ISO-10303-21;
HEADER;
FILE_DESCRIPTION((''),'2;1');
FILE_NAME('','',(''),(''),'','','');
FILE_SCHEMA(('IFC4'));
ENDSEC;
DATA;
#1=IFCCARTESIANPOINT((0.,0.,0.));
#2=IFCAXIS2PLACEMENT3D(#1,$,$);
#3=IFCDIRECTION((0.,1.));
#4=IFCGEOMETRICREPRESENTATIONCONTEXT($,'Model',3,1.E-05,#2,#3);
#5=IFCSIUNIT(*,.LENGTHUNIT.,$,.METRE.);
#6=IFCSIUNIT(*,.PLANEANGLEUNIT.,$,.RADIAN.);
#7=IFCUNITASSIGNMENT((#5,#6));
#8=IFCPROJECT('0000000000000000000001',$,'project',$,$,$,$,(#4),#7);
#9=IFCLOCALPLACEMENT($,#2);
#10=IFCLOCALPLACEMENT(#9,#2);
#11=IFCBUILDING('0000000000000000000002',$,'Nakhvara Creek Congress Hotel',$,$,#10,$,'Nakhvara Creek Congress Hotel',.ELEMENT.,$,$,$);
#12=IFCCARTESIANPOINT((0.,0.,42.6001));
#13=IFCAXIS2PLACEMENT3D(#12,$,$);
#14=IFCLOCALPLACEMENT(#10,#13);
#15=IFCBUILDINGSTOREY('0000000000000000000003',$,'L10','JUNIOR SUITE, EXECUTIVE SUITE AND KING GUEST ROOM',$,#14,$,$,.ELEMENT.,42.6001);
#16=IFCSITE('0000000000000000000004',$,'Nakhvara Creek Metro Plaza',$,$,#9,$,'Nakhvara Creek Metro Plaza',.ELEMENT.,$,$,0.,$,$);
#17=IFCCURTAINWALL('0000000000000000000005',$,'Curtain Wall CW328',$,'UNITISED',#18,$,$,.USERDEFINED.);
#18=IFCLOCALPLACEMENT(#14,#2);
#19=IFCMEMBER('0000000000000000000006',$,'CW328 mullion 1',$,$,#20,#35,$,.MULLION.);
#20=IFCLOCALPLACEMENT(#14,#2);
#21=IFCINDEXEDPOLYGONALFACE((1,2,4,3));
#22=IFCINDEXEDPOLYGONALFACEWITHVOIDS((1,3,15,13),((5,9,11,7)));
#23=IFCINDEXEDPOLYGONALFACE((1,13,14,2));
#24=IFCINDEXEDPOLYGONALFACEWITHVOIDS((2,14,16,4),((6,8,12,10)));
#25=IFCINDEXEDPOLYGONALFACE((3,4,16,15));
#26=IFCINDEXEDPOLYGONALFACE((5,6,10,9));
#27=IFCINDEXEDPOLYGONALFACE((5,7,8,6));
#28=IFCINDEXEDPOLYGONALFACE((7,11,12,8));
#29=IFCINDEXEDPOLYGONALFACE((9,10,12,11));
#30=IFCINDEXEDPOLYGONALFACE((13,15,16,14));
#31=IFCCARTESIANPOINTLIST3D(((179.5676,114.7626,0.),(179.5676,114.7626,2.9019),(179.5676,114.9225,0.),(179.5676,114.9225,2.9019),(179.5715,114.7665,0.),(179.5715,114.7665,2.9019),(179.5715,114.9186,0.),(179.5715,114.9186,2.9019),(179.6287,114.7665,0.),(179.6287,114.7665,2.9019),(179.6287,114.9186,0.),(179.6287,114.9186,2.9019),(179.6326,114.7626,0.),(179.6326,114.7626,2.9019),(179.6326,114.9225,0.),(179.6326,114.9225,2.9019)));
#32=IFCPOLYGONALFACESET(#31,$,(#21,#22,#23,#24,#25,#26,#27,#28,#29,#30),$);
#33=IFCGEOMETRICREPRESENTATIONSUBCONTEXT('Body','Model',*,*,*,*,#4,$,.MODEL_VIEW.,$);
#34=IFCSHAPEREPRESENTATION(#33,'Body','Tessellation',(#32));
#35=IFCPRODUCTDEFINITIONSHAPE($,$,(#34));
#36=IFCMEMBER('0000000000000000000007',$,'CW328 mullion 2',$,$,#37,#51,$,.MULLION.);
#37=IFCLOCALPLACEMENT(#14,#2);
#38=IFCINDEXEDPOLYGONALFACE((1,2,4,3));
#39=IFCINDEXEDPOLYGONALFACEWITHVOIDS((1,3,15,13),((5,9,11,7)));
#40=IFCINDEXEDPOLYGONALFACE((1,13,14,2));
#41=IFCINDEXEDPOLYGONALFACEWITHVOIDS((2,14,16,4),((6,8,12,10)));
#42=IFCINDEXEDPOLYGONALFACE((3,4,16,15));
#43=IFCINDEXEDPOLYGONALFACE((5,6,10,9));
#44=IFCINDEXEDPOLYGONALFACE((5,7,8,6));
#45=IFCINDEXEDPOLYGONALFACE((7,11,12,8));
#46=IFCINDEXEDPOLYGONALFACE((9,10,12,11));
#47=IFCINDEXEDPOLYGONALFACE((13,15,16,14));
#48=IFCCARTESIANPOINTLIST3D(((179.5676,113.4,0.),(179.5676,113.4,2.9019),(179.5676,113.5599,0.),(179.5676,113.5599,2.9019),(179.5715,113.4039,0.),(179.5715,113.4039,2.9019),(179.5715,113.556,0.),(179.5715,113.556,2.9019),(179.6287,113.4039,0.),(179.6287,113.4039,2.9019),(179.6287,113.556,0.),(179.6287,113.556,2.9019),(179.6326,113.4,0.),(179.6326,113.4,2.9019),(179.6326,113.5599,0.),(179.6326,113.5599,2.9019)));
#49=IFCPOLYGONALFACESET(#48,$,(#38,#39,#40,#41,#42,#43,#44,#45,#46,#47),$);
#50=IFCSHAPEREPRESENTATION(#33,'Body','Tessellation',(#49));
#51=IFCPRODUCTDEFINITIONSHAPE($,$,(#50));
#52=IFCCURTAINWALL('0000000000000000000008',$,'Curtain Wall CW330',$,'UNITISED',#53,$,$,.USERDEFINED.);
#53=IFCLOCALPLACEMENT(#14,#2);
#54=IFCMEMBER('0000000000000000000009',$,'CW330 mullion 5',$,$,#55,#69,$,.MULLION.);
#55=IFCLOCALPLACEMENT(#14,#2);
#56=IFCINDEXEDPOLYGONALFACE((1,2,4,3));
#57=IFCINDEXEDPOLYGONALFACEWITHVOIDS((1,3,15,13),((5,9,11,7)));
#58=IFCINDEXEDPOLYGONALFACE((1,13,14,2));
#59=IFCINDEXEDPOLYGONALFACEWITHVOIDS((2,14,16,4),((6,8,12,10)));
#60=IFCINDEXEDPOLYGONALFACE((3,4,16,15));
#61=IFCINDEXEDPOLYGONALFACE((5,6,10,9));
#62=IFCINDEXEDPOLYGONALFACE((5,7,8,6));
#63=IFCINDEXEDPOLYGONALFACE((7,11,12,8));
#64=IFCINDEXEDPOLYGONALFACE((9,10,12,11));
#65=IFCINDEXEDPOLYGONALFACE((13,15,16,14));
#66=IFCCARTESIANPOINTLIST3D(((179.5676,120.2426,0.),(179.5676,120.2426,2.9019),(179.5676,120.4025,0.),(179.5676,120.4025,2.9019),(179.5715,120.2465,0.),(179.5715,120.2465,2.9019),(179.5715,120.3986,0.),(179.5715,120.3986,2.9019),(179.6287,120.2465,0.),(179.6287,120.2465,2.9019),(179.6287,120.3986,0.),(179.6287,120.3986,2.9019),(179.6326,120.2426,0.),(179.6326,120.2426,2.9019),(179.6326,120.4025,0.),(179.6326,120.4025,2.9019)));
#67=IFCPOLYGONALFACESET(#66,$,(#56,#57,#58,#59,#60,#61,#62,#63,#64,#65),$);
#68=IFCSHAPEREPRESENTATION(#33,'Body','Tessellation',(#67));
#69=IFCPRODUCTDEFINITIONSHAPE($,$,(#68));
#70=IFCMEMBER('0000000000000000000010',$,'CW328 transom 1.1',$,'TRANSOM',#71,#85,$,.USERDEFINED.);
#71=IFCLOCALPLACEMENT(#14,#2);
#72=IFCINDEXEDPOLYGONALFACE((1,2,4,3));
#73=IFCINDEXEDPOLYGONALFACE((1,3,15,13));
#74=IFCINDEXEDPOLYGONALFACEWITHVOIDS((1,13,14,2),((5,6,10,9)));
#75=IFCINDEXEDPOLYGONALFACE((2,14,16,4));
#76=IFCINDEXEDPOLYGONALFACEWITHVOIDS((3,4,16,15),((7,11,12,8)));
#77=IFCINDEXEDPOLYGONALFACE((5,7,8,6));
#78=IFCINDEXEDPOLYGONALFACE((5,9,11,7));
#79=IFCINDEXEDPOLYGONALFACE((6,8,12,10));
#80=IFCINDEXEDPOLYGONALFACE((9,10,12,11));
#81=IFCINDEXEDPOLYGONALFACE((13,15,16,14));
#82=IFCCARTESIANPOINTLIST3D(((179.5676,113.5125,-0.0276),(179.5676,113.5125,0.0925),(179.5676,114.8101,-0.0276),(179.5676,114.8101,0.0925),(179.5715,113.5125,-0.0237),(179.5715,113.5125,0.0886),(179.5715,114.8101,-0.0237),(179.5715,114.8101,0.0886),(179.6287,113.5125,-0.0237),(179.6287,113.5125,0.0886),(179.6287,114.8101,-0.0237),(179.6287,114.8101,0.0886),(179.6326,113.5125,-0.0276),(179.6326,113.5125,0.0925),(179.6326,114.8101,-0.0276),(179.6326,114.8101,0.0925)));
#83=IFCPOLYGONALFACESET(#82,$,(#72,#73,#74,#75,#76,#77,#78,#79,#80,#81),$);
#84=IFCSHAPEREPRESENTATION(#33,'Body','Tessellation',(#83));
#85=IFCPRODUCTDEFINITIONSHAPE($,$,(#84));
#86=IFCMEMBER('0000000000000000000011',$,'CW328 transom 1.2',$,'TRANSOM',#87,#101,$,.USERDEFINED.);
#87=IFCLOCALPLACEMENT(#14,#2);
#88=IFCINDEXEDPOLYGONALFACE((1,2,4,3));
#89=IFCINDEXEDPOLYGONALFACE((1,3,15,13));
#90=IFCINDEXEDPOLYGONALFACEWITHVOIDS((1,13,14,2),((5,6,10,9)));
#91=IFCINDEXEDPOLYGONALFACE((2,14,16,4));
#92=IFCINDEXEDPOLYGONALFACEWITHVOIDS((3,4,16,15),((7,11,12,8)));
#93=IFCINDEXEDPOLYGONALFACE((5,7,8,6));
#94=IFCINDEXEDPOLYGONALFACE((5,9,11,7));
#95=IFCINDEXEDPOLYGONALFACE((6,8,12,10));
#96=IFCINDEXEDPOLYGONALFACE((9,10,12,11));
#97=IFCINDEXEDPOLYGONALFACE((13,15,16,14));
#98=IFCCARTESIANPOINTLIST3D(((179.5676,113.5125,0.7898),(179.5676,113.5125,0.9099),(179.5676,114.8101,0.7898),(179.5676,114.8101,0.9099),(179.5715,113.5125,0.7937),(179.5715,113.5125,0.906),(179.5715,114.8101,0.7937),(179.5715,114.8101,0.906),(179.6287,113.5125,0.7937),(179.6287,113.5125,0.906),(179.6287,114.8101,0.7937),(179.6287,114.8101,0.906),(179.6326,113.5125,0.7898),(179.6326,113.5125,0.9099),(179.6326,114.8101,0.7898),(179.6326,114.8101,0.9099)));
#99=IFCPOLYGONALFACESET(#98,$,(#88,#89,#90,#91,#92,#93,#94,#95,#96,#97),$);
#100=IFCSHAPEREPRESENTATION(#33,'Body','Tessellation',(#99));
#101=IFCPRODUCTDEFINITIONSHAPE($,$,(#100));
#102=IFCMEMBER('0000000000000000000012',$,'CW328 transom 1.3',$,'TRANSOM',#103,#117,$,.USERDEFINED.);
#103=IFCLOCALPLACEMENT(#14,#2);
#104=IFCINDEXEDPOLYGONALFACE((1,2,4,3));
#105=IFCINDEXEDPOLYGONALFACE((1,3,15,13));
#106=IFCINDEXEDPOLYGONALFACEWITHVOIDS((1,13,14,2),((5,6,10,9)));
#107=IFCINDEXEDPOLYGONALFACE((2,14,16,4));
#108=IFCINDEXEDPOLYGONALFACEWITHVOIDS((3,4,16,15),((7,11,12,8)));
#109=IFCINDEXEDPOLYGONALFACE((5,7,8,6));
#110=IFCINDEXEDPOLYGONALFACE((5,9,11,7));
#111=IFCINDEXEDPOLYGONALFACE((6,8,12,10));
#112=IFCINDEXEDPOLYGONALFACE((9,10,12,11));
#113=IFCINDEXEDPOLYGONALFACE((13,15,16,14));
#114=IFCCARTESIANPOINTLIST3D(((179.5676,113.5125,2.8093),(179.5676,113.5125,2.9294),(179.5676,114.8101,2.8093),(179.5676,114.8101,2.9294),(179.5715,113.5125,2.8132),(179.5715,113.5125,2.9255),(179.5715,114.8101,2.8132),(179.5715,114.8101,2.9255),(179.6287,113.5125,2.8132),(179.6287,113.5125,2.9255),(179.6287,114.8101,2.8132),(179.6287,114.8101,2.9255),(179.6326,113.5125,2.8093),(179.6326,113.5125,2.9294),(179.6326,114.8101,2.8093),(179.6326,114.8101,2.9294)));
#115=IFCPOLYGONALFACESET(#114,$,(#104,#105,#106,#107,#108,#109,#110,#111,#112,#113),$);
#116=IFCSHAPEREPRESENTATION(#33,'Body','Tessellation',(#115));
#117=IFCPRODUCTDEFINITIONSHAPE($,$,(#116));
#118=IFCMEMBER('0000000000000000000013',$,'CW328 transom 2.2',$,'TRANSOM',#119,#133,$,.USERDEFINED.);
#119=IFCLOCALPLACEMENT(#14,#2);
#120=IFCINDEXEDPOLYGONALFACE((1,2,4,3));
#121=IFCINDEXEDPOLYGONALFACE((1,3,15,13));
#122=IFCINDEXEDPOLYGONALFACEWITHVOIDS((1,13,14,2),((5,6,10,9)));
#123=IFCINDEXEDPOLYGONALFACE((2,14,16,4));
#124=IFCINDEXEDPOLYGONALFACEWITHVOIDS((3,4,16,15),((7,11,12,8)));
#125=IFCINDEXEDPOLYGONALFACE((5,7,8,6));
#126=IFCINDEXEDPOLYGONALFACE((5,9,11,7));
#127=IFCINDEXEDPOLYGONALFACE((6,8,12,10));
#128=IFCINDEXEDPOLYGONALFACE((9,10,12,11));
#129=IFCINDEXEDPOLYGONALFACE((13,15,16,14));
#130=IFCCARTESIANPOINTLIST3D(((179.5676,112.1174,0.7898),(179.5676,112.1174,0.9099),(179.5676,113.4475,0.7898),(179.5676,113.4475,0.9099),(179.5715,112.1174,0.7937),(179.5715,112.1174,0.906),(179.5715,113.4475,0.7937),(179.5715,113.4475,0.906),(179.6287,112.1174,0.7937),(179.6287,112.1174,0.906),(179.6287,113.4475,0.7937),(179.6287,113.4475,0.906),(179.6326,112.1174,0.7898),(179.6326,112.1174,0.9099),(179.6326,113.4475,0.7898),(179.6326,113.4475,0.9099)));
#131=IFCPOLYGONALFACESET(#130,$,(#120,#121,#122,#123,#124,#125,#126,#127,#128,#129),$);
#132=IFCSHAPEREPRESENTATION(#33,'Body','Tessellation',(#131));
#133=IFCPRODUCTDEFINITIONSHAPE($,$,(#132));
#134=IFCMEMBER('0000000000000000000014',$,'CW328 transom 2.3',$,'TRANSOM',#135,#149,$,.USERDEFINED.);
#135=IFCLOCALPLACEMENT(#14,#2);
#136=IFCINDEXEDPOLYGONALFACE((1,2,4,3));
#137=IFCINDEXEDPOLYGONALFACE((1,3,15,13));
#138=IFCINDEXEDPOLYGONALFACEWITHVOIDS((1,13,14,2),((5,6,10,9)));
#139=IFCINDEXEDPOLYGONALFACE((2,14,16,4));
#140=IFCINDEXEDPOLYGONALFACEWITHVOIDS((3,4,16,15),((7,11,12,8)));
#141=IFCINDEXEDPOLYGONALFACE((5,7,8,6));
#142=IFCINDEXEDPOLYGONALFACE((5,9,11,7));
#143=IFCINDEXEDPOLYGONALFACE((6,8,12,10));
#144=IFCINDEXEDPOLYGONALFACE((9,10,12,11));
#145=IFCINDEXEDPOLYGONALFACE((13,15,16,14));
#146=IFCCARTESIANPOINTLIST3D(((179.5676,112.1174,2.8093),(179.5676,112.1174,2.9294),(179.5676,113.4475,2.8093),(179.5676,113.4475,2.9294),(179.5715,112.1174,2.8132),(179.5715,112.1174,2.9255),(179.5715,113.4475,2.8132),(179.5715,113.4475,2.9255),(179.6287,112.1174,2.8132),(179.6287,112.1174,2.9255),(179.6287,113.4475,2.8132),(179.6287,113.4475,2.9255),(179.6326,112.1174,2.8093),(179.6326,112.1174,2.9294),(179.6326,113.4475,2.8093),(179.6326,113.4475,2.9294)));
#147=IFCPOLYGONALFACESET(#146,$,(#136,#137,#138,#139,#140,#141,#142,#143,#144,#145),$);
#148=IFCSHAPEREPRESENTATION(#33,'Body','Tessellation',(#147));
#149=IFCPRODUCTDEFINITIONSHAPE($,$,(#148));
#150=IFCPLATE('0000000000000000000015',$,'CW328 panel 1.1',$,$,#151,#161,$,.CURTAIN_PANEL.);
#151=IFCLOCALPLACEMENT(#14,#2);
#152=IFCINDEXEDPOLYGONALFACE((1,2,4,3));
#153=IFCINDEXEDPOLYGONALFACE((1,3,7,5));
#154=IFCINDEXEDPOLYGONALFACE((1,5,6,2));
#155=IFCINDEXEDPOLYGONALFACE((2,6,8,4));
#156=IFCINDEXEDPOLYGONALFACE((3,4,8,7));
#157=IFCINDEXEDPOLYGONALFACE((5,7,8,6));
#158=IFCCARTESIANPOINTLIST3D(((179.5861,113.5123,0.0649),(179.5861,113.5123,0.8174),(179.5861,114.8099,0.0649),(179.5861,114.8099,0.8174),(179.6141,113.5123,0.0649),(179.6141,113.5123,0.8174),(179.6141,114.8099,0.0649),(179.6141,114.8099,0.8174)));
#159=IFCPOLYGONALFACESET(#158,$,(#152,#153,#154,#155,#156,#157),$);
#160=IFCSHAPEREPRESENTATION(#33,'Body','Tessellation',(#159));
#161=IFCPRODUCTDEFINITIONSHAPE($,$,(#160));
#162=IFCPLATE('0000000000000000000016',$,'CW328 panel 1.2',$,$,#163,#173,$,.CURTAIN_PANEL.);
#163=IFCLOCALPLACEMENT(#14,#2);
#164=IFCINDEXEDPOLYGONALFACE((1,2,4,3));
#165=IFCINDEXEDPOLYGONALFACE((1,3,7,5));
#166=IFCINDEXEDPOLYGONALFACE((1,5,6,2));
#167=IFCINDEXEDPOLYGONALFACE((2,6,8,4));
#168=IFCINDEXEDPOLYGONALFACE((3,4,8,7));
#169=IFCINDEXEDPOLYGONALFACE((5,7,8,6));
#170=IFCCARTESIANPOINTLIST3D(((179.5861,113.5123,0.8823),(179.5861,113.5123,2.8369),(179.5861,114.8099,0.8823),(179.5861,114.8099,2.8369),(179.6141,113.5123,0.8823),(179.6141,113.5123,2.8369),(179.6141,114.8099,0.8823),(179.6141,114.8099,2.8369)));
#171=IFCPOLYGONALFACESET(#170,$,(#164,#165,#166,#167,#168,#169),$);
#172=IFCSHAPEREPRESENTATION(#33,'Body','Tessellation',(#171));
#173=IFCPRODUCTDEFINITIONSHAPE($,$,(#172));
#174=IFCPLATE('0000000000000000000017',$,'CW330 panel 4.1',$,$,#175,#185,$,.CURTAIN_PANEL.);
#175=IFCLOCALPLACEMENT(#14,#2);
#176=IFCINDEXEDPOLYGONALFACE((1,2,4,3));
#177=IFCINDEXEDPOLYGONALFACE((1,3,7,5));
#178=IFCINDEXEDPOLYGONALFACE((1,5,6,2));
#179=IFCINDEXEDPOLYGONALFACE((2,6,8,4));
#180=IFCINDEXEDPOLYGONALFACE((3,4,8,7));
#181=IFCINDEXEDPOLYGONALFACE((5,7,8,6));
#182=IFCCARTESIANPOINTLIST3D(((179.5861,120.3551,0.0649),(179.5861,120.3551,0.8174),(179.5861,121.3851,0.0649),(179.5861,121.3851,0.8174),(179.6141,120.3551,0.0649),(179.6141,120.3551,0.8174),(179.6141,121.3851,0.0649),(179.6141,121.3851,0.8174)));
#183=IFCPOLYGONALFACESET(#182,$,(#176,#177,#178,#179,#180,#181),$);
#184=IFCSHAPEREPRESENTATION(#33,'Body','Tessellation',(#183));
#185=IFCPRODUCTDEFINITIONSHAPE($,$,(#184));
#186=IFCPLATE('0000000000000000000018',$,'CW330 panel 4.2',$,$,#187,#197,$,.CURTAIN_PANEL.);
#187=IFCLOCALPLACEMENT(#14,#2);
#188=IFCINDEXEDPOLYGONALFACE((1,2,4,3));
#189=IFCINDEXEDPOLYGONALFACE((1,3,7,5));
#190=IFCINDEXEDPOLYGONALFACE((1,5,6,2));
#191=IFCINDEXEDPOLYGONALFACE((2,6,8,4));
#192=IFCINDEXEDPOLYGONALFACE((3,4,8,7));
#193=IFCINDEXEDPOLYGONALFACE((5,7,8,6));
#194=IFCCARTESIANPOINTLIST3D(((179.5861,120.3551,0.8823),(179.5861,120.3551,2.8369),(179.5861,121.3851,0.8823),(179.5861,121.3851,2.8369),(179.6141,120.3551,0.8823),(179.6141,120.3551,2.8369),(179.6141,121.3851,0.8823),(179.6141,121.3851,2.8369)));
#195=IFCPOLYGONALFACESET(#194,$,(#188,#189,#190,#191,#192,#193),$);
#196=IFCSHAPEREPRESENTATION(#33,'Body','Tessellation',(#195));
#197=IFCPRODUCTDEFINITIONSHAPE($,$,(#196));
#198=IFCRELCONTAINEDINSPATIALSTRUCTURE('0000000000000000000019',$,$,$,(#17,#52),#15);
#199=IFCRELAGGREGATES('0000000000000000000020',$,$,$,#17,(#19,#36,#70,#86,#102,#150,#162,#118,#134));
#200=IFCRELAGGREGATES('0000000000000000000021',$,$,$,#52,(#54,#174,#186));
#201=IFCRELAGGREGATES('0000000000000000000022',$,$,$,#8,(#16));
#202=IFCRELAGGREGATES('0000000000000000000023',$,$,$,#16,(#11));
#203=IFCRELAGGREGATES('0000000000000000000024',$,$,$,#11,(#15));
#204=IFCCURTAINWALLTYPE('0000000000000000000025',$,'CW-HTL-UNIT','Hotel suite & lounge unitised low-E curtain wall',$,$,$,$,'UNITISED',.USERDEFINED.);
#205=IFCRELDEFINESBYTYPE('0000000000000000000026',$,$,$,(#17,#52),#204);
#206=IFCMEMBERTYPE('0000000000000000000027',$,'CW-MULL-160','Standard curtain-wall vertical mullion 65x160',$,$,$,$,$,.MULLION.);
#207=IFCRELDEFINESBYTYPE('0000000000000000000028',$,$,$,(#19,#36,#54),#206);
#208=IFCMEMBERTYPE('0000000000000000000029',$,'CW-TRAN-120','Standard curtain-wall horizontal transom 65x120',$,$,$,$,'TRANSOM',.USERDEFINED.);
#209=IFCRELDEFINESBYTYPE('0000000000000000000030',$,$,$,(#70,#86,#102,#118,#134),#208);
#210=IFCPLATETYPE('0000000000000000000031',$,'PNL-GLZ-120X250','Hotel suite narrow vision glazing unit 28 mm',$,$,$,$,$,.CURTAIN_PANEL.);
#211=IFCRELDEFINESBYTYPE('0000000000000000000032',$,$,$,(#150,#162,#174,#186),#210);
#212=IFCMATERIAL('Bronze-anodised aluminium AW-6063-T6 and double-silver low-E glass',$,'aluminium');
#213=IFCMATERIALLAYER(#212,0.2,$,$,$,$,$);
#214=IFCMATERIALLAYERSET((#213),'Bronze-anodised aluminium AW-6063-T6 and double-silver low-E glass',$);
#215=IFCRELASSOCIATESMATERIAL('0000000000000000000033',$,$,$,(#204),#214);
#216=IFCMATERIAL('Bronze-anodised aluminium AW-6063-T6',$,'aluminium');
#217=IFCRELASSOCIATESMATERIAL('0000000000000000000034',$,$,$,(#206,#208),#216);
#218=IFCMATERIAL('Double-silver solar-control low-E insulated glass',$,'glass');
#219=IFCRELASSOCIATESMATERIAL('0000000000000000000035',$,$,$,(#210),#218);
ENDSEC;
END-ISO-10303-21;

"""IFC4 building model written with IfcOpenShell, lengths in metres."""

from ifc_helpers import new_model, si_unit, direction, frame, origin, origin_2d, place, context, subcontext, project, spatial, rectangle, hollow_rectangle, extrude, material, layer, layer_set, material_profile, profile_set, type_object, element, aggregate, save


model = new_model("IFC4")

# Units and contexts
model_context = context("Model", 3, precision=1e-05, world=origin(), true_north=direction((0.0, 1.0)))
body_context = subcontext(model_context, "Body", "Model", "MODEL_VIEW")
ifc_project = project(units=[si_unit("LENGTHUNIT", "METRE"), si_unit("PLANEANGLEUNIT", "RADIAN")], contexts=[model_context])

# Site, building, storey
site_placement = place(None, origin())
site = spatial("IfcSite", under=ifc_project, at=site_placement, Name="Nakhvara Creek Metro Plaza", LongName="Nakhvara Creek Metro Plaza", CompositionType="ELEMENT", RefElevation=0.0)
building_placement = place(site_placement, origin())
building = spatial("IfcBuilding", under=site, at=building_placement, Name="Nakhvara Creek Congress Hotel", LongName="Nakhvara Creek Congress Hotel", CompositionType="ELEMENT")
storey_placement = place(building_placement, frame((0.0, 0.0, 42.6001)))
storey = spatial("IfcBuildingStorey", under=building, at=storey_placement, Name="L10", Description="JUNIOR SUITE, EXECUTIVE SUITE AND KING GUEST ROOM", CompositionType="ELEMENT", Elevation=42.6001)

# Curtain wall, members
ifc_material_1 = material(Name="Bronze-anodised aluminium AW-6063-T6 and double-silver low-E glass", Category="aluminium")
ifc_layer_1 = layer(ifc_material_1, 0.2)
ifc_layer_set_1 = layer_set([ifc_layer_1], Name="Bronze-anodised aluminium AW-6063-T6 and double-silver low-E glass")
curtain_wall_type = type_object("IfcCurtainWallType", Name="CW-HTL-UNIT", Description="Hotel suite & lounge unitised low-E curtain wall", ElementType="UNITISED", PredefinedType="USERDEFINED", material=ifc_layer_set_1)
curtain_wall_1_placement = place(storey_placement, origin())
curtain_wall_1 = element("IfcCurtainWall", 1, at=curtain_wall_1_placement, inside=storey, type_object=curtain_wall_type, Name="Curtain Wall CW328", ObjectType="UNITISED", PredefinedType="USERDEFINED")
ifc_material_2 = material(Name="Bronze-anodised aluminium AW-6063-T6", Category="aluminium")
ifc_material_profile_1 = material_profile(ifc_material_2, hollow_rectangle(XDim=0.0649, YDim=0.1599, WallThickness=0.0039, at=origin_2d()), Name="ALU-MULL 65x160x4", Category="LoadBearing")
ifc_profile_set_1 = profile_set([ifc_material_profile_1], Name="Bronze-anodised aluminium AW-6063-T6")
member_type_1 = type_object("IfcMemberType", Name="CW-MULL-160", Description="Standard curtain-wall vertical mullion 65x160", PredefinedType="MULLION", material=ifc_profile_set_1)
member_1_placement = place(storey_placement, frame((179.6001, 114.8425, 0.0), z_axis=(0.0, 0.0, 1.0), x_axis=(1.0, 0.0, 0.0)))
member_1 = element("IfcMember", 2, at=member_1_placement, type_object=member_type_1, Name="CW328 mullion 1", PredefinedType="MULLION", context=body_context, shape_type="SweptSolid", body=[
    extrude(hollow_rectangle(XDim=0.0649, YDim=0.1599, WallThickness=0.0039, at=origin_2d()), origin(), (0.0, 0.0, 1.0), 2.9019),
])
member_2_placement = place(storey_placement, frame((179.6001, 113.48, 0.0), z_axis=(0.0, 0.0, 1.0), x_axis=(1.0, 0.0, 0.0)))
member_2 = element("IfcMember", 3, at=member_2_placement, type_object=member_type_1, Name="CW328 mullion 2", PredefinedType="MULLION", context=body_context, shape_type="SweptSolid", body=[
    extrude(hollow_rectangle(XDim=0.0649, YDim=0.1599, WallThickness=0.0039, at=origin_2d()), origin(), (0.0, 0.0, 1.0), 2.9019),
])

# Curtain wall, member
curtain_wall_2_placement = place(storey_placement, origin())
curtain_wall_2 = element("IfcCurtainWall", 4, at=curtain_wall_2_placement, inside=storey, type_object=curtain_wall_type, Name="Curtain Wall CW330", ObjectType="UNITISED", PredefinedType="USERDEFINED")
member_3_placement = place(storey_placement, frame((179.6001, 120.3225, 0.0), z_axis=(0.0, 0.0, 1.0), x_axis=(1.0, 0.0, 0.0)))
member_3 = element("IfcMember", 5, at=member_3_placement, type_object=member_type_1, Name="CW330 mullion 5", PredefinedType="MULLION", context=body_context, shape_type="SweptSolid", body=[
    extrude(hollow_rectangle(XDim=0.0649, YDim=0.1599, WallThickness=0.0039, at=origin_2d()), origin(), (0.0, 0.0, 1.0), 2.9019),
])

# Members
ifc_material_profile_2 = material_profile(ifc_material_2, hollow_rectangle(XDim=0.0649, YDim=0.1201, WallThickness=0.0039, at=origin_2d()), Name="ALU-TRAN 65x120x4", Category="LoadBearing")
ifc_profile_set_2 = profile_set([ifc_material_profile_2], Name="Bronze-anodised aluminium AW-6063-T6")
member_type_2 = type_object("IfcMemberType", Name="CW-TRAN-120", Description="Standard curtain-wall horizontal transom 65x120", ElementType="TRANSOM", PredefinedType="USERDEFINED", material=ifc_profile_set_2)
member_4_placement = place(storey_placement, frame((179.6001, 114.8101, 0.0325), z_axis=(0.0, -1.0, 0.0), x_axis=(1.0, 0.0, 0.0)))
member_4 = element("IfcMember", 6, at=member_4_placement, type_object=member_type_2, Name="CW328 transom 1.1", ObjectType="TRANSOM", PredefinedType="USERDEFINED", context=body_context, shape_type="SweptSolid", body=[
    extrude(hollow_rectangle(XDim=0.0649, YDim=0.1201, WallThickness=0.0039, at=origin_2d()), origin(), (0.0, 0.0, 1.0), 1.2976),
])
member_5_placement = place(storey_placement, frame((179.6001, 114.8101, 0.8499), z_axis=(0.0, -1.0, 0.0), x_axis=(1.0, 0.0, 0.0)))
member_5 = element("IfcMember", 7, at=member_5_placement, type_object=member_type_2, Name="CW328 transom 1.2", ObjectType="TRANSOM", PredefinedType="USERDEFINED", context=body_context, shape_type="SweptSolid", body=[
    extrude(hollow_rectangle(XDim=0.0649, YDim=0.1201, WallThickness=0.0039, at=origin_2d()), origin(), (0.0, 0.0, 1.0), 1.2976),
])
member_6_placement = place(storey_placement, frame((179.6001, 114.8101, 2.8694), z_axis=(0.0, -1.0, 0.0), x_axis=(1.0, 0.0, 0.0)))
member_6 = element("IfcMember", 8, at=member_6_placement, type_object=member_type_2, Name="CW328 transom 1.3", ObjectType="TRANSOM", PredefinedType="USERDEFINED", context=body_context, shape_type="SweptSolid", body=[
    extrude(hollow_rectangle(XDim=0.0649, YDim=0.1201, WallThickness=0.0039, at=origin_2d()), origin(), (0.0, 0.0, 1.0), 1.2976),
])
member_7_placement = place(storey_placement, frame((179.6001, 113.4475, 0.8499), z_axis=(0.0, -1.0, 0.0), x_axis=(1.0, 0.0, 0.0)))
member_7 = element("IfcMember", 9, at=member_7_placement, type_object=member_type_2, Name="CW328 transom 2.2", ObjectType="TRANSOM", PredefinedType="USERDEFINED", context=body_context, shape_type="SweptSolid", body=[
    extrude(hollow_rectangle(XDim=0.0649, YDim=0.1201, WallThickness=0.0039, at=origin_2d()), origin(), (0.0, 0.0, 1.0), 1.3301),
])
member_8_placement = place(storey_placement, frame((179.6001, 113.4475, 2.8694), z_axis=(0.0, -1.0, 0.0), x_axis=(1.0, 0.0, 0.0)))
member_8 = element("IfcMember", 10, at=member_8_placement, type_object=member_type_2, Name="CW328 transom 2.3", ObjectType="TRANSOM", PredefinedType="USERDEFINED", context=body_context, shape_type="SweptSolid", body=[
    extrude(hollow_rectangle(XDim=0.0649, YDim=0.1201, WallThickness=0.0039, at=origin_2d()), origin(), (0.0, 0.0, 1.0), 1.3301),
])

# Plates
ifc_material_3 = material(Name="Double-silver solar-control low-E insulated glass", Category="glass")
plate_type = type_object("IfcPlateType", Name="PNL-GLZ-120X250", Description="Hotel suite narrow vision glazing unit 28 mm", PredefinedType="CURTAIN_PANEL", material=ifc_material_3)
plate_1_placement = place(storey_placement, frame((179.6001, 114.1611, 0.0649), z_axis=(0.0, 0.0, 1.0), x_axis=(0.0, -1.0, 0.0)))
plate_1 = element("IfcPlate", 11, at=plate_1_placement, type_object=plate_type, Name="CW328 panel 1.1", PredefinedType="CURTAIN_PANEL", context=body_context, shape_type="SweptSolid", body=[
    extrude(rectangle(XDim=1.2976, YDim=0.0281, at=origin_2d()), origin(), (0.0, 0.0, 1.0), 0.7524),
])
plate_2_placement = place(storey_placement, frame((179.6001, 114.1611, 0.8823), z_axis=(0.0, 0.0, 1.0), x_axis=(0.0, -1.0, 0.0)))
plate_2 = element("IfcPlate", 12, at=plate_2_placement, type_object=plate_type, Name="CW328 panel 1.2", PredefinedType="CURTAIN_PANEL", context=body_context, shape_type="SweptSolid", body=[
    extrude(rectangle(XDim=1.2976, YDim=0.0281, at=origin_2d()), origin(), (0.0, 0.0, 1.0), 1.9546),
])
aggregate(curtain_wall_1, [member_1, member_2, member_4, member_5, member_6, plate_1, plate_2, member_7, member_8])
plate_3_placement = place(storey_placement, frame((179.6001, 120.8701, 0.0649), z_axis=(0.0, 0.0, 1.0), x_axis=(0.0, -1.0, 0.0)))
plate_3 = element("IfcPlate", 13, at=plate_3_placement, type_object=plate_type, Name="CW330 panel 4.1", PredefinedType="CURTAIN_PANEL", context=body_context, shape_type="SweptSolid", body=[
    extrude(rectangle(XDim=1.03, YDim=0.0281, at=origin_2d()), origin(), (0.0, 0.0, 1.0), 0.7524),
])
plate_4_placement = place(storey_placement, frame((179.6001, 120.8701, 0.8823), z_axis=(0.0, 0.0, 1.0), x_axis=(0.0, -1.0, 0.0)))
plate_4 = element("IfcPlate", 14, at=plate_4_placement, type_object=plate_type, Name="CW330 panel 4.2", PredefinedType="CURTAIN_PANEL", context=body_context, shape_type="SweptSolid", body=[
    extrude(rectangle(XDim=1.03, YDim=0.0281, at=origin_2d()), origin(), (0.0, 0.0, 1.0), 1.9546),
])
aggregate(curtain_wall_2, [member_3, plate_3, plate_4])

save(model, "model.ifc")
